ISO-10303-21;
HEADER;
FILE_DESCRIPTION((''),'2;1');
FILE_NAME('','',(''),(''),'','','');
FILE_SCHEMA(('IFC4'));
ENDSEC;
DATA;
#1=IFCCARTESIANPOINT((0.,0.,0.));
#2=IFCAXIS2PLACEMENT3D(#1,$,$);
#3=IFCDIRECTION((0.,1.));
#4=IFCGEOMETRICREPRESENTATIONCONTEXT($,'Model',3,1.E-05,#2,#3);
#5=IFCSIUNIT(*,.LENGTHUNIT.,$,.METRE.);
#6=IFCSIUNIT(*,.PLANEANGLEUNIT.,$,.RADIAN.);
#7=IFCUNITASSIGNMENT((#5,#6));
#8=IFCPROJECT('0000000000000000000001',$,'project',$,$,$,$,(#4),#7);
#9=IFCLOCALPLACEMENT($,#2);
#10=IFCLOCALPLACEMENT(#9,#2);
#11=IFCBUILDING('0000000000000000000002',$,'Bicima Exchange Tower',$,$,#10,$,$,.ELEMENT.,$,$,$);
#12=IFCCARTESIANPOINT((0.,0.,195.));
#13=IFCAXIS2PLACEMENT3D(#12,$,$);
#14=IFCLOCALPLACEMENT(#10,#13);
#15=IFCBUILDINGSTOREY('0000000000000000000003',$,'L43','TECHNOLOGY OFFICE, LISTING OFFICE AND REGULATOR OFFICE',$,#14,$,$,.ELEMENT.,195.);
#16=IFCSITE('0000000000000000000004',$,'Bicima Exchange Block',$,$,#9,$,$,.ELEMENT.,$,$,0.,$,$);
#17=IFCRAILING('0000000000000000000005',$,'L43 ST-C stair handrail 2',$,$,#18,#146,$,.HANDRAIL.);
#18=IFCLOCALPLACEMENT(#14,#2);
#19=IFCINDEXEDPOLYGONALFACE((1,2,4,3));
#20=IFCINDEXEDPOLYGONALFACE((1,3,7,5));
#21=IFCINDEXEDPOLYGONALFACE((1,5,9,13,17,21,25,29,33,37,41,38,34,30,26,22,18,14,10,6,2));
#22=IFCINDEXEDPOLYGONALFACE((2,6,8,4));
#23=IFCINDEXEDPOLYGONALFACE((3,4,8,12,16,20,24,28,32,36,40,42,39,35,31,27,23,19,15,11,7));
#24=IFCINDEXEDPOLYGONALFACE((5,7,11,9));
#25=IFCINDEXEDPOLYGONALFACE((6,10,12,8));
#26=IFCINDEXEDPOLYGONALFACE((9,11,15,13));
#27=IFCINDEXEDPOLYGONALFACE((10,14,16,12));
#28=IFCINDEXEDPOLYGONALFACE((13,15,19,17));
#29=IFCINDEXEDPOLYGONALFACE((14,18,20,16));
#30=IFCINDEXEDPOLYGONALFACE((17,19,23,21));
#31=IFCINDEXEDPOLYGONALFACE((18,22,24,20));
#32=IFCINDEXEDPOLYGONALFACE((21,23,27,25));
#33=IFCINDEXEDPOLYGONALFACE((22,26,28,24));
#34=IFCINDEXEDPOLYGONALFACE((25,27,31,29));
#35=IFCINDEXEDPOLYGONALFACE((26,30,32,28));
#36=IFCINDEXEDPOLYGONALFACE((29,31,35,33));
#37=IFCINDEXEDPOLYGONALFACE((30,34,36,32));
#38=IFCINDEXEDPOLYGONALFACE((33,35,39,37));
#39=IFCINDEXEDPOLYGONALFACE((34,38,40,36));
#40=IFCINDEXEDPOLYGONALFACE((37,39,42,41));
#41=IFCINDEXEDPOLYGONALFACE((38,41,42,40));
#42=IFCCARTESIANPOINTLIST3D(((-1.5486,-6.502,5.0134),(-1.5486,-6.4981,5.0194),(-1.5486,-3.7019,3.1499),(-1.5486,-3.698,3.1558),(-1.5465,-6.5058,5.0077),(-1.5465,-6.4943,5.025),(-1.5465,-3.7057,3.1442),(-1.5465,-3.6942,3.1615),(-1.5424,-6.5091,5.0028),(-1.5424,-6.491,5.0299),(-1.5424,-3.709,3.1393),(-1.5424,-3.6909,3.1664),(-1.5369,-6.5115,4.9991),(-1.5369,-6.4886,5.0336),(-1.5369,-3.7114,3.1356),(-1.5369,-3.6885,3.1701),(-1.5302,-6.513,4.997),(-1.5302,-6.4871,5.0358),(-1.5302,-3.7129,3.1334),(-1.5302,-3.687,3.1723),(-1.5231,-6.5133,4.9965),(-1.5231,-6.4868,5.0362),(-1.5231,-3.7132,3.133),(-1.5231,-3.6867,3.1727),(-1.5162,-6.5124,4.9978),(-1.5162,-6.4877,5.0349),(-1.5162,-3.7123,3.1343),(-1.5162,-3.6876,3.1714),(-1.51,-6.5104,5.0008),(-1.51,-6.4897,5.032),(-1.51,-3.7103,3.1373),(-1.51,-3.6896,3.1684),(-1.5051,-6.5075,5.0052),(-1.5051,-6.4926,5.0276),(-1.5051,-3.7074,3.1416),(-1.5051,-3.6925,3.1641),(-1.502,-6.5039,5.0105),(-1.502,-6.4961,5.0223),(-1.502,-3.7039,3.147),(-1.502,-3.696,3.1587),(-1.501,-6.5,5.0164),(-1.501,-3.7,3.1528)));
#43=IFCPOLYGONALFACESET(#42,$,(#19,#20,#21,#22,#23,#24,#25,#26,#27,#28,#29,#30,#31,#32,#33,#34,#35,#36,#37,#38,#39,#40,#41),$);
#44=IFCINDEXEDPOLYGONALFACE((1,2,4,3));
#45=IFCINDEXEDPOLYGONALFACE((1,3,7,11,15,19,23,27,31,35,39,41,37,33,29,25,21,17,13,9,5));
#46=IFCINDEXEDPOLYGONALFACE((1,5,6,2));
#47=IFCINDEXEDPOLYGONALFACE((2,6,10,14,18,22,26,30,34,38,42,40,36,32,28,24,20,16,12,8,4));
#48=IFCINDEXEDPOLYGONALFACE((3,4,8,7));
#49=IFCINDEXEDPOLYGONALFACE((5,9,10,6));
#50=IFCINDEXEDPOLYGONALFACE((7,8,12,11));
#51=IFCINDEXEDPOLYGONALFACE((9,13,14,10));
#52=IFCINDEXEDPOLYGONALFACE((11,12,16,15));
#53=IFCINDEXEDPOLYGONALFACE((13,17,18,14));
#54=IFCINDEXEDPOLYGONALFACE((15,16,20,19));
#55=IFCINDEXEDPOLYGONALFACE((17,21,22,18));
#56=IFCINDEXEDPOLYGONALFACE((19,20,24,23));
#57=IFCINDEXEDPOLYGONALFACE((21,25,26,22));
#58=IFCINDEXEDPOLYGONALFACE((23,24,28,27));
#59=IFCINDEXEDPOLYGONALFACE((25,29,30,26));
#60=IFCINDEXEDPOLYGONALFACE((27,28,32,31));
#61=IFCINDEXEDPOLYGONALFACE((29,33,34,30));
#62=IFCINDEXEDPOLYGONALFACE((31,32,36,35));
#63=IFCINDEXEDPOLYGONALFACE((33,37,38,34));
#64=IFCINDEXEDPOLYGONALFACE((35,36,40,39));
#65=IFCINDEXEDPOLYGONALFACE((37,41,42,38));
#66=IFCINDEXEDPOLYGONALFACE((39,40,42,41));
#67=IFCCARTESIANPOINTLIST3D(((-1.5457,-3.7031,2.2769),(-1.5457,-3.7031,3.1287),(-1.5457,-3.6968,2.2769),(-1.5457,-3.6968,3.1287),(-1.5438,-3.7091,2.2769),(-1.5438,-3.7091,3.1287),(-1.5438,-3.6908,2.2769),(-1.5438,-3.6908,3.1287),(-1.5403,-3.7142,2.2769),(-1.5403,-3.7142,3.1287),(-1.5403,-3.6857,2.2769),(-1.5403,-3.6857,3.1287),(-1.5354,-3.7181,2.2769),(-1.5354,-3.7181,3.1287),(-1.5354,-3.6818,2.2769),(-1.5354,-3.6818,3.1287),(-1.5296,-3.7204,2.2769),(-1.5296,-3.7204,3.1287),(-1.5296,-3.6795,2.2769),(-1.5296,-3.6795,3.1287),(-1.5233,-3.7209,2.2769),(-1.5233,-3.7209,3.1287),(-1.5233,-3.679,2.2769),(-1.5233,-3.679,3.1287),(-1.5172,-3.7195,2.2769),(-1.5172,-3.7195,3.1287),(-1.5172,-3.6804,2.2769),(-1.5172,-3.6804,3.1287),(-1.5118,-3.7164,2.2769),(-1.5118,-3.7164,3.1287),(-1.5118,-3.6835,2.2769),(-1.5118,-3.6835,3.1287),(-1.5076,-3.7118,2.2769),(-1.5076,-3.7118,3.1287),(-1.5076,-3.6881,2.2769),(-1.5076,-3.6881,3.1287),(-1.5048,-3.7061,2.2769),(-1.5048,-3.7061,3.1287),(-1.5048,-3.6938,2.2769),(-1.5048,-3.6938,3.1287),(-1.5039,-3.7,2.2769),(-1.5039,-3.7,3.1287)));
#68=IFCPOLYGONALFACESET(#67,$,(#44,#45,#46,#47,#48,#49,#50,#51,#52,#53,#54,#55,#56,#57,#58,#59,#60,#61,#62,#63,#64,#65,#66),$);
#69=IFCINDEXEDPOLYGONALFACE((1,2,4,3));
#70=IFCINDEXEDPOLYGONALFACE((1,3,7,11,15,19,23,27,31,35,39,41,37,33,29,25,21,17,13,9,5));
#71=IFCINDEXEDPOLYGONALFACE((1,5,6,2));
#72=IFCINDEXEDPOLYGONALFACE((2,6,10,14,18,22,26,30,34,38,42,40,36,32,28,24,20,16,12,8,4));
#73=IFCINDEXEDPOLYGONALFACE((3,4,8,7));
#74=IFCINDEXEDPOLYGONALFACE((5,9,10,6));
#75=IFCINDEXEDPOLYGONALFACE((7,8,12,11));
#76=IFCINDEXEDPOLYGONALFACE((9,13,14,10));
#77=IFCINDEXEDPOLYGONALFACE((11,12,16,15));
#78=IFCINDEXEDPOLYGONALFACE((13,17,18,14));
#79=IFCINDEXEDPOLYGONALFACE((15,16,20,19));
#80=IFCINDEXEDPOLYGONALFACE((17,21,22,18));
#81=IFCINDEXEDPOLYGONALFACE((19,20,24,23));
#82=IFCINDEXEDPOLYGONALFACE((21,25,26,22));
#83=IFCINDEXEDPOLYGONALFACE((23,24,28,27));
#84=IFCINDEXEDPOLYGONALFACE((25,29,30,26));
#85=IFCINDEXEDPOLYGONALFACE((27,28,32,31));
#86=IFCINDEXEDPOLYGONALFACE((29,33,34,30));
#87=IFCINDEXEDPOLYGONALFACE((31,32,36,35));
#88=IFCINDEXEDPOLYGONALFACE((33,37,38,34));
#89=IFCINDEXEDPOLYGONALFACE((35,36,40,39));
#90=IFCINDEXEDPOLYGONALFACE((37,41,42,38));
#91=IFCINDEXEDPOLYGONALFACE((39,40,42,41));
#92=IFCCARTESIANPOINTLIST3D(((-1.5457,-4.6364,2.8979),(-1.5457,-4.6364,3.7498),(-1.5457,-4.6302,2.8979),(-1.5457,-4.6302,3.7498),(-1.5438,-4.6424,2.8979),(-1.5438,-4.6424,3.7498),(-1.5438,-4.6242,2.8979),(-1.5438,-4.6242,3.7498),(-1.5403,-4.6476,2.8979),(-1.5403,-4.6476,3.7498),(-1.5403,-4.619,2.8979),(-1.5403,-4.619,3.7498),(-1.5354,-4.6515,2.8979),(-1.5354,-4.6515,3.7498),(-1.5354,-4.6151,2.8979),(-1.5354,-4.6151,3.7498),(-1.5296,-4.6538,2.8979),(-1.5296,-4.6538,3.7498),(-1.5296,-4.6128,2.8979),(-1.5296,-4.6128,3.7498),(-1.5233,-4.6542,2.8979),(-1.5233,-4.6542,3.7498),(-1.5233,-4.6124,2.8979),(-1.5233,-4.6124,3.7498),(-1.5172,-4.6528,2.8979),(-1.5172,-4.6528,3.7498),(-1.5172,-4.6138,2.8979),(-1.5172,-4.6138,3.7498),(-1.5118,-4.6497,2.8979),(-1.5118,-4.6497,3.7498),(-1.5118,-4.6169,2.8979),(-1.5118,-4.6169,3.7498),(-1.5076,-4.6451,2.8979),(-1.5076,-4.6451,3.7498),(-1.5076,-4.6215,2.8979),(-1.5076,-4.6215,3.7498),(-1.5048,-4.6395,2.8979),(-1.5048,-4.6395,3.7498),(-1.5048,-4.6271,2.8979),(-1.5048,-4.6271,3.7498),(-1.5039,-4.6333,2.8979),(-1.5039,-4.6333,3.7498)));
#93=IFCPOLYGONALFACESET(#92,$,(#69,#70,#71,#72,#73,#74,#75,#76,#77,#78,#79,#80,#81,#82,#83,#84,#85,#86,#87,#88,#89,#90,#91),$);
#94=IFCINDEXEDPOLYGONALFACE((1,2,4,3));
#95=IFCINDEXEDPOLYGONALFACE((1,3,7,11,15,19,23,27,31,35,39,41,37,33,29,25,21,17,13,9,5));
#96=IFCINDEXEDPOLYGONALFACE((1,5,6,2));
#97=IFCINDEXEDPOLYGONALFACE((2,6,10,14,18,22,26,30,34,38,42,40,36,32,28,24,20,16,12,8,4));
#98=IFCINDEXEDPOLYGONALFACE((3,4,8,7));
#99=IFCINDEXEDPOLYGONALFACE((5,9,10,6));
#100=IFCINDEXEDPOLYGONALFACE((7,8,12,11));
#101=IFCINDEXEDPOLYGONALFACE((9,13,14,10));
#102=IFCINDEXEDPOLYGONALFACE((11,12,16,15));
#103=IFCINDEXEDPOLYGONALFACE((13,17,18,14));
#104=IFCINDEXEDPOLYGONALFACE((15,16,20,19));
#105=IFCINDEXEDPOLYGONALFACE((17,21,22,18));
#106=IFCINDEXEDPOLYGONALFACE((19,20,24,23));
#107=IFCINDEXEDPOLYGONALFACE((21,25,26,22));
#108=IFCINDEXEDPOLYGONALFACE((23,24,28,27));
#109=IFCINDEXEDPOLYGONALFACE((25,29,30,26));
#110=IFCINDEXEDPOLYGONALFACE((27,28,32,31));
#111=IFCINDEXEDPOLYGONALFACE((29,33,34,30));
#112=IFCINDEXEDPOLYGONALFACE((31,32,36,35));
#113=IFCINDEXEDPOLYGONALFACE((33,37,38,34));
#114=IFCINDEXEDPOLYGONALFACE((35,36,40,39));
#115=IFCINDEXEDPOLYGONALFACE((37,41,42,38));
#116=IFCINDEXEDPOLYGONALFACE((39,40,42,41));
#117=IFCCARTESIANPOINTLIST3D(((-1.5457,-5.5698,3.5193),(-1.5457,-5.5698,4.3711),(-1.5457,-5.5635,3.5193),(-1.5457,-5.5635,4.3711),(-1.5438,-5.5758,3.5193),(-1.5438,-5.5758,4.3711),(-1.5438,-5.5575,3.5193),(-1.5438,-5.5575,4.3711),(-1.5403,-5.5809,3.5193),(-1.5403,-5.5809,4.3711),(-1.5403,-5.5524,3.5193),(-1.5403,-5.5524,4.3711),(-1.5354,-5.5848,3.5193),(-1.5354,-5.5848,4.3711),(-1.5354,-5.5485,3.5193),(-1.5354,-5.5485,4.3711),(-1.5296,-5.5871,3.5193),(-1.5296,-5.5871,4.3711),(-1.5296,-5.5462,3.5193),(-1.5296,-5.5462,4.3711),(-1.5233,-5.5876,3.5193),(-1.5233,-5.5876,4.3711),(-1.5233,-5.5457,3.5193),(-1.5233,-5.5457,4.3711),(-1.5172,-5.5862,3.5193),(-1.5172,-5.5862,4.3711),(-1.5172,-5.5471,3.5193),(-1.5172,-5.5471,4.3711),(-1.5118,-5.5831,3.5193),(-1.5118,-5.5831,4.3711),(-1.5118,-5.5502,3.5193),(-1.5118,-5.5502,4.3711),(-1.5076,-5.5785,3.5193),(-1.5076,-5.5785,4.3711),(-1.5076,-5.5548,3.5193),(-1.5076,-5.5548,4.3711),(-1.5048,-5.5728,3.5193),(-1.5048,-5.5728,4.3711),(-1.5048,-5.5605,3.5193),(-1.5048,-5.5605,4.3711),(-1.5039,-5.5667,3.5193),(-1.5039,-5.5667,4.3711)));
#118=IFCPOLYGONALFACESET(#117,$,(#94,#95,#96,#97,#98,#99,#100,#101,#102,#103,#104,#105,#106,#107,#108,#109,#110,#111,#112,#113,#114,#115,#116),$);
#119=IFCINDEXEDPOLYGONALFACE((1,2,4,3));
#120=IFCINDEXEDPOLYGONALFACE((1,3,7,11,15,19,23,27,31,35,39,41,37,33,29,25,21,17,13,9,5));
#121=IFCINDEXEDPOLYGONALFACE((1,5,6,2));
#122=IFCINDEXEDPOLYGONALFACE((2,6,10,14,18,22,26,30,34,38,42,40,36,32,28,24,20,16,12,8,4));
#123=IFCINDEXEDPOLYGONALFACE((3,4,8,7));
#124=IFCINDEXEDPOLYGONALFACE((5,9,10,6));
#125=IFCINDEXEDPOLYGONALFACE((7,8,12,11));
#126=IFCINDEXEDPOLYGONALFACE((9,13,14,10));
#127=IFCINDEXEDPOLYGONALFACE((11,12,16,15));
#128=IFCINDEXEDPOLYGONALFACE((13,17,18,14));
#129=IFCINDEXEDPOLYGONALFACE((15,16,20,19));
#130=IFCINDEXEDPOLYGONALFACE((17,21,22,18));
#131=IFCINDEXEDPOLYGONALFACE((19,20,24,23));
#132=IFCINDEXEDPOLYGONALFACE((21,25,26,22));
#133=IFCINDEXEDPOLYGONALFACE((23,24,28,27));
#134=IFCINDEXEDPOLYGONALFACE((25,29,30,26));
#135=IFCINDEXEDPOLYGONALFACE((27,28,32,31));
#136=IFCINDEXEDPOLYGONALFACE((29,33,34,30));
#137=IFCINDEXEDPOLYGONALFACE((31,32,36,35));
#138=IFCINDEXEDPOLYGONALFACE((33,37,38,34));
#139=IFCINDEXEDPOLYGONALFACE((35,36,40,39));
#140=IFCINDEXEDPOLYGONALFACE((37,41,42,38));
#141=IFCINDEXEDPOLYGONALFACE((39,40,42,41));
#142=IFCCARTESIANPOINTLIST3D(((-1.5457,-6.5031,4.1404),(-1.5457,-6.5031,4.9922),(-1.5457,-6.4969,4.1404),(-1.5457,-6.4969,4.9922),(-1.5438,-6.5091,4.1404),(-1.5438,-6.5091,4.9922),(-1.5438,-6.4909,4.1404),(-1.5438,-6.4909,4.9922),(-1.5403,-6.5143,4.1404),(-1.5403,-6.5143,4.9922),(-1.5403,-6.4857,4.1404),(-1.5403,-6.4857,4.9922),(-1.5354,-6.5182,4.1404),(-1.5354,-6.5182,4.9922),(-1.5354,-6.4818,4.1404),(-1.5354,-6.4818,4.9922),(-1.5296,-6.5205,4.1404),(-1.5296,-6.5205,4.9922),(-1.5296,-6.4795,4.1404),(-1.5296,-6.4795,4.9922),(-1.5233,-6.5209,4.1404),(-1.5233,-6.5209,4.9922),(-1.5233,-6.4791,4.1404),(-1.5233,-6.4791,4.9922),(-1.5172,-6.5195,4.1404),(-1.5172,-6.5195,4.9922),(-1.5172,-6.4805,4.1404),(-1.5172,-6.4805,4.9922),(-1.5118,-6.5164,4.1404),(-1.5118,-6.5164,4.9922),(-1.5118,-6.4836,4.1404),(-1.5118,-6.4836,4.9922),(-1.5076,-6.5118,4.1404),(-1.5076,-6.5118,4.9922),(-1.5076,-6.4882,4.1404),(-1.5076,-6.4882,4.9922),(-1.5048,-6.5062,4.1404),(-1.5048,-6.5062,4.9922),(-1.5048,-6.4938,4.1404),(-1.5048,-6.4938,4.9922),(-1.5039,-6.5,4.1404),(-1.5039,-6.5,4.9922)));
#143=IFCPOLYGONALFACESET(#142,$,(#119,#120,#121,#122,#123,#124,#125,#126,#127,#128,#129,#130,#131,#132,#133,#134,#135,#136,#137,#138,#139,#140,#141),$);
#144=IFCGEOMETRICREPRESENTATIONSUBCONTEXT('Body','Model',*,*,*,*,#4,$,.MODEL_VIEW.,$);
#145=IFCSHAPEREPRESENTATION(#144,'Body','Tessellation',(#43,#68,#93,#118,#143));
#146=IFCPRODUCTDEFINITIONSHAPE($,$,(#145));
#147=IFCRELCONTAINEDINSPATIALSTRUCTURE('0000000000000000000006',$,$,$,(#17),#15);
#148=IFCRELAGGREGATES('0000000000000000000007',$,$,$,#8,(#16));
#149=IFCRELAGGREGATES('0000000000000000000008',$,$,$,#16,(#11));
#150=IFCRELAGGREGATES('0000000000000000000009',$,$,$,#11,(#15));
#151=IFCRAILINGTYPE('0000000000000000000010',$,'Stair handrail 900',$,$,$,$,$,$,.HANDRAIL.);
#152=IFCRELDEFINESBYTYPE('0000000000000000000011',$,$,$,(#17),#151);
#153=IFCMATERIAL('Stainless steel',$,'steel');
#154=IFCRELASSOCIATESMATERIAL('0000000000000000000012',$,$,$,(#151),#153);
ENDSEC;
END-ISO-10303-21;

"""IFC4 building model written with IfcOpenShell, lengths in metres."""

from ifc_helpers import new_model, si_unit, direction, frame, origin, origin_2d, place, context, subcontext, project, spatial, circle, extrude, material, type_object, element, save


model = new_model("IFC4")

# Units and contexts
model_context = context("Model", 3, precision=1e-05, world=origin(), true_north=direction((0.0, 1.0)))
body_context = subcontext(model_context, "Body", "Model", "MODEL_VIEW")
ifc_project = project(units=[si_unit("LENGTHUNIT", "METRE"), si_unit("PLANEANGLEUNIT", "RADIAN")], contexts=[model_context])

# Site, building, storey
site_placement = place(None, origin())
site = spatial("IfcSite", under=ifc_project, at=site_placement, Name="Bicima Exchange Block", CompositionType="ELEMENT", RefElevation=0.0)
building_placement = place(site_placement, origin())
building = spatial("IfcBuilding", under=site, at=building_placement, Name="Bicima Exchange Tower", CompositionType="ELEMENT")
storey_placement = place(building_placement, frame((0.0, 0.0, 195.0)))
storey = spatial("IfcBuildingStorey", under=building, at=storey_placement, Name="L43", Description="TECHNOLOGY OFFICE, LISTING OFFICE AND REGULATOR OFFICE", CompositionType="ELEMENT", Elevation=195.0)

# Railing
ifc_material_1 = material(Name="Stainless steel", Category="steel")
railing_type = type_object("IfcRailingType", Name="Stair handrail 900", PredefinedType="HANDRAIL", material=ifc_material_1)
railing_placement = place(storey_placement, frame((-1.5249, -3.7, 2.2769)))
element("IfcRailing", 1, at=railing_placement, inside=storey, type_object=railing_type, Name="L43 ST-C stair handrail 2", PredefinedType="HANDRAIL", context=body_context, shape_type="SweptSolid", body=[
    extrude(circle(Radius=0.0239, at=origin_2d()), frame((0.0, 0.0, 0.876), z_axis=(0.0, -0.832486, 0.554047), x_axis=(1.0, 0.0, 0.0)), (0.0, 0.0, 1.0), 3.3635),
    extrude(circle(Radius=0.021, at=origin_2d()), origin(), (0.0, 0.0, 1.0), 0.8518),
    extrude(circle(Radius=0.021, at=origin_2d()), frame((0.0, -0.9333, 0.6211)), (0.0, 0.0, 1.0), 0.8518),
    extrude(circle(Radius=0.021, at=origin_2d()), frame((0.0, -1.8667, 1.2424)), (0.0, 0.0, 1.0), 0.8518),
    extrude(circle(Radius=0.021, at=origin_2d()), frame((0.0, -2.8, 1.8635)), (0.0, 0.0, 1.0), 0.8518),
])

save(model, "model.ifc")
